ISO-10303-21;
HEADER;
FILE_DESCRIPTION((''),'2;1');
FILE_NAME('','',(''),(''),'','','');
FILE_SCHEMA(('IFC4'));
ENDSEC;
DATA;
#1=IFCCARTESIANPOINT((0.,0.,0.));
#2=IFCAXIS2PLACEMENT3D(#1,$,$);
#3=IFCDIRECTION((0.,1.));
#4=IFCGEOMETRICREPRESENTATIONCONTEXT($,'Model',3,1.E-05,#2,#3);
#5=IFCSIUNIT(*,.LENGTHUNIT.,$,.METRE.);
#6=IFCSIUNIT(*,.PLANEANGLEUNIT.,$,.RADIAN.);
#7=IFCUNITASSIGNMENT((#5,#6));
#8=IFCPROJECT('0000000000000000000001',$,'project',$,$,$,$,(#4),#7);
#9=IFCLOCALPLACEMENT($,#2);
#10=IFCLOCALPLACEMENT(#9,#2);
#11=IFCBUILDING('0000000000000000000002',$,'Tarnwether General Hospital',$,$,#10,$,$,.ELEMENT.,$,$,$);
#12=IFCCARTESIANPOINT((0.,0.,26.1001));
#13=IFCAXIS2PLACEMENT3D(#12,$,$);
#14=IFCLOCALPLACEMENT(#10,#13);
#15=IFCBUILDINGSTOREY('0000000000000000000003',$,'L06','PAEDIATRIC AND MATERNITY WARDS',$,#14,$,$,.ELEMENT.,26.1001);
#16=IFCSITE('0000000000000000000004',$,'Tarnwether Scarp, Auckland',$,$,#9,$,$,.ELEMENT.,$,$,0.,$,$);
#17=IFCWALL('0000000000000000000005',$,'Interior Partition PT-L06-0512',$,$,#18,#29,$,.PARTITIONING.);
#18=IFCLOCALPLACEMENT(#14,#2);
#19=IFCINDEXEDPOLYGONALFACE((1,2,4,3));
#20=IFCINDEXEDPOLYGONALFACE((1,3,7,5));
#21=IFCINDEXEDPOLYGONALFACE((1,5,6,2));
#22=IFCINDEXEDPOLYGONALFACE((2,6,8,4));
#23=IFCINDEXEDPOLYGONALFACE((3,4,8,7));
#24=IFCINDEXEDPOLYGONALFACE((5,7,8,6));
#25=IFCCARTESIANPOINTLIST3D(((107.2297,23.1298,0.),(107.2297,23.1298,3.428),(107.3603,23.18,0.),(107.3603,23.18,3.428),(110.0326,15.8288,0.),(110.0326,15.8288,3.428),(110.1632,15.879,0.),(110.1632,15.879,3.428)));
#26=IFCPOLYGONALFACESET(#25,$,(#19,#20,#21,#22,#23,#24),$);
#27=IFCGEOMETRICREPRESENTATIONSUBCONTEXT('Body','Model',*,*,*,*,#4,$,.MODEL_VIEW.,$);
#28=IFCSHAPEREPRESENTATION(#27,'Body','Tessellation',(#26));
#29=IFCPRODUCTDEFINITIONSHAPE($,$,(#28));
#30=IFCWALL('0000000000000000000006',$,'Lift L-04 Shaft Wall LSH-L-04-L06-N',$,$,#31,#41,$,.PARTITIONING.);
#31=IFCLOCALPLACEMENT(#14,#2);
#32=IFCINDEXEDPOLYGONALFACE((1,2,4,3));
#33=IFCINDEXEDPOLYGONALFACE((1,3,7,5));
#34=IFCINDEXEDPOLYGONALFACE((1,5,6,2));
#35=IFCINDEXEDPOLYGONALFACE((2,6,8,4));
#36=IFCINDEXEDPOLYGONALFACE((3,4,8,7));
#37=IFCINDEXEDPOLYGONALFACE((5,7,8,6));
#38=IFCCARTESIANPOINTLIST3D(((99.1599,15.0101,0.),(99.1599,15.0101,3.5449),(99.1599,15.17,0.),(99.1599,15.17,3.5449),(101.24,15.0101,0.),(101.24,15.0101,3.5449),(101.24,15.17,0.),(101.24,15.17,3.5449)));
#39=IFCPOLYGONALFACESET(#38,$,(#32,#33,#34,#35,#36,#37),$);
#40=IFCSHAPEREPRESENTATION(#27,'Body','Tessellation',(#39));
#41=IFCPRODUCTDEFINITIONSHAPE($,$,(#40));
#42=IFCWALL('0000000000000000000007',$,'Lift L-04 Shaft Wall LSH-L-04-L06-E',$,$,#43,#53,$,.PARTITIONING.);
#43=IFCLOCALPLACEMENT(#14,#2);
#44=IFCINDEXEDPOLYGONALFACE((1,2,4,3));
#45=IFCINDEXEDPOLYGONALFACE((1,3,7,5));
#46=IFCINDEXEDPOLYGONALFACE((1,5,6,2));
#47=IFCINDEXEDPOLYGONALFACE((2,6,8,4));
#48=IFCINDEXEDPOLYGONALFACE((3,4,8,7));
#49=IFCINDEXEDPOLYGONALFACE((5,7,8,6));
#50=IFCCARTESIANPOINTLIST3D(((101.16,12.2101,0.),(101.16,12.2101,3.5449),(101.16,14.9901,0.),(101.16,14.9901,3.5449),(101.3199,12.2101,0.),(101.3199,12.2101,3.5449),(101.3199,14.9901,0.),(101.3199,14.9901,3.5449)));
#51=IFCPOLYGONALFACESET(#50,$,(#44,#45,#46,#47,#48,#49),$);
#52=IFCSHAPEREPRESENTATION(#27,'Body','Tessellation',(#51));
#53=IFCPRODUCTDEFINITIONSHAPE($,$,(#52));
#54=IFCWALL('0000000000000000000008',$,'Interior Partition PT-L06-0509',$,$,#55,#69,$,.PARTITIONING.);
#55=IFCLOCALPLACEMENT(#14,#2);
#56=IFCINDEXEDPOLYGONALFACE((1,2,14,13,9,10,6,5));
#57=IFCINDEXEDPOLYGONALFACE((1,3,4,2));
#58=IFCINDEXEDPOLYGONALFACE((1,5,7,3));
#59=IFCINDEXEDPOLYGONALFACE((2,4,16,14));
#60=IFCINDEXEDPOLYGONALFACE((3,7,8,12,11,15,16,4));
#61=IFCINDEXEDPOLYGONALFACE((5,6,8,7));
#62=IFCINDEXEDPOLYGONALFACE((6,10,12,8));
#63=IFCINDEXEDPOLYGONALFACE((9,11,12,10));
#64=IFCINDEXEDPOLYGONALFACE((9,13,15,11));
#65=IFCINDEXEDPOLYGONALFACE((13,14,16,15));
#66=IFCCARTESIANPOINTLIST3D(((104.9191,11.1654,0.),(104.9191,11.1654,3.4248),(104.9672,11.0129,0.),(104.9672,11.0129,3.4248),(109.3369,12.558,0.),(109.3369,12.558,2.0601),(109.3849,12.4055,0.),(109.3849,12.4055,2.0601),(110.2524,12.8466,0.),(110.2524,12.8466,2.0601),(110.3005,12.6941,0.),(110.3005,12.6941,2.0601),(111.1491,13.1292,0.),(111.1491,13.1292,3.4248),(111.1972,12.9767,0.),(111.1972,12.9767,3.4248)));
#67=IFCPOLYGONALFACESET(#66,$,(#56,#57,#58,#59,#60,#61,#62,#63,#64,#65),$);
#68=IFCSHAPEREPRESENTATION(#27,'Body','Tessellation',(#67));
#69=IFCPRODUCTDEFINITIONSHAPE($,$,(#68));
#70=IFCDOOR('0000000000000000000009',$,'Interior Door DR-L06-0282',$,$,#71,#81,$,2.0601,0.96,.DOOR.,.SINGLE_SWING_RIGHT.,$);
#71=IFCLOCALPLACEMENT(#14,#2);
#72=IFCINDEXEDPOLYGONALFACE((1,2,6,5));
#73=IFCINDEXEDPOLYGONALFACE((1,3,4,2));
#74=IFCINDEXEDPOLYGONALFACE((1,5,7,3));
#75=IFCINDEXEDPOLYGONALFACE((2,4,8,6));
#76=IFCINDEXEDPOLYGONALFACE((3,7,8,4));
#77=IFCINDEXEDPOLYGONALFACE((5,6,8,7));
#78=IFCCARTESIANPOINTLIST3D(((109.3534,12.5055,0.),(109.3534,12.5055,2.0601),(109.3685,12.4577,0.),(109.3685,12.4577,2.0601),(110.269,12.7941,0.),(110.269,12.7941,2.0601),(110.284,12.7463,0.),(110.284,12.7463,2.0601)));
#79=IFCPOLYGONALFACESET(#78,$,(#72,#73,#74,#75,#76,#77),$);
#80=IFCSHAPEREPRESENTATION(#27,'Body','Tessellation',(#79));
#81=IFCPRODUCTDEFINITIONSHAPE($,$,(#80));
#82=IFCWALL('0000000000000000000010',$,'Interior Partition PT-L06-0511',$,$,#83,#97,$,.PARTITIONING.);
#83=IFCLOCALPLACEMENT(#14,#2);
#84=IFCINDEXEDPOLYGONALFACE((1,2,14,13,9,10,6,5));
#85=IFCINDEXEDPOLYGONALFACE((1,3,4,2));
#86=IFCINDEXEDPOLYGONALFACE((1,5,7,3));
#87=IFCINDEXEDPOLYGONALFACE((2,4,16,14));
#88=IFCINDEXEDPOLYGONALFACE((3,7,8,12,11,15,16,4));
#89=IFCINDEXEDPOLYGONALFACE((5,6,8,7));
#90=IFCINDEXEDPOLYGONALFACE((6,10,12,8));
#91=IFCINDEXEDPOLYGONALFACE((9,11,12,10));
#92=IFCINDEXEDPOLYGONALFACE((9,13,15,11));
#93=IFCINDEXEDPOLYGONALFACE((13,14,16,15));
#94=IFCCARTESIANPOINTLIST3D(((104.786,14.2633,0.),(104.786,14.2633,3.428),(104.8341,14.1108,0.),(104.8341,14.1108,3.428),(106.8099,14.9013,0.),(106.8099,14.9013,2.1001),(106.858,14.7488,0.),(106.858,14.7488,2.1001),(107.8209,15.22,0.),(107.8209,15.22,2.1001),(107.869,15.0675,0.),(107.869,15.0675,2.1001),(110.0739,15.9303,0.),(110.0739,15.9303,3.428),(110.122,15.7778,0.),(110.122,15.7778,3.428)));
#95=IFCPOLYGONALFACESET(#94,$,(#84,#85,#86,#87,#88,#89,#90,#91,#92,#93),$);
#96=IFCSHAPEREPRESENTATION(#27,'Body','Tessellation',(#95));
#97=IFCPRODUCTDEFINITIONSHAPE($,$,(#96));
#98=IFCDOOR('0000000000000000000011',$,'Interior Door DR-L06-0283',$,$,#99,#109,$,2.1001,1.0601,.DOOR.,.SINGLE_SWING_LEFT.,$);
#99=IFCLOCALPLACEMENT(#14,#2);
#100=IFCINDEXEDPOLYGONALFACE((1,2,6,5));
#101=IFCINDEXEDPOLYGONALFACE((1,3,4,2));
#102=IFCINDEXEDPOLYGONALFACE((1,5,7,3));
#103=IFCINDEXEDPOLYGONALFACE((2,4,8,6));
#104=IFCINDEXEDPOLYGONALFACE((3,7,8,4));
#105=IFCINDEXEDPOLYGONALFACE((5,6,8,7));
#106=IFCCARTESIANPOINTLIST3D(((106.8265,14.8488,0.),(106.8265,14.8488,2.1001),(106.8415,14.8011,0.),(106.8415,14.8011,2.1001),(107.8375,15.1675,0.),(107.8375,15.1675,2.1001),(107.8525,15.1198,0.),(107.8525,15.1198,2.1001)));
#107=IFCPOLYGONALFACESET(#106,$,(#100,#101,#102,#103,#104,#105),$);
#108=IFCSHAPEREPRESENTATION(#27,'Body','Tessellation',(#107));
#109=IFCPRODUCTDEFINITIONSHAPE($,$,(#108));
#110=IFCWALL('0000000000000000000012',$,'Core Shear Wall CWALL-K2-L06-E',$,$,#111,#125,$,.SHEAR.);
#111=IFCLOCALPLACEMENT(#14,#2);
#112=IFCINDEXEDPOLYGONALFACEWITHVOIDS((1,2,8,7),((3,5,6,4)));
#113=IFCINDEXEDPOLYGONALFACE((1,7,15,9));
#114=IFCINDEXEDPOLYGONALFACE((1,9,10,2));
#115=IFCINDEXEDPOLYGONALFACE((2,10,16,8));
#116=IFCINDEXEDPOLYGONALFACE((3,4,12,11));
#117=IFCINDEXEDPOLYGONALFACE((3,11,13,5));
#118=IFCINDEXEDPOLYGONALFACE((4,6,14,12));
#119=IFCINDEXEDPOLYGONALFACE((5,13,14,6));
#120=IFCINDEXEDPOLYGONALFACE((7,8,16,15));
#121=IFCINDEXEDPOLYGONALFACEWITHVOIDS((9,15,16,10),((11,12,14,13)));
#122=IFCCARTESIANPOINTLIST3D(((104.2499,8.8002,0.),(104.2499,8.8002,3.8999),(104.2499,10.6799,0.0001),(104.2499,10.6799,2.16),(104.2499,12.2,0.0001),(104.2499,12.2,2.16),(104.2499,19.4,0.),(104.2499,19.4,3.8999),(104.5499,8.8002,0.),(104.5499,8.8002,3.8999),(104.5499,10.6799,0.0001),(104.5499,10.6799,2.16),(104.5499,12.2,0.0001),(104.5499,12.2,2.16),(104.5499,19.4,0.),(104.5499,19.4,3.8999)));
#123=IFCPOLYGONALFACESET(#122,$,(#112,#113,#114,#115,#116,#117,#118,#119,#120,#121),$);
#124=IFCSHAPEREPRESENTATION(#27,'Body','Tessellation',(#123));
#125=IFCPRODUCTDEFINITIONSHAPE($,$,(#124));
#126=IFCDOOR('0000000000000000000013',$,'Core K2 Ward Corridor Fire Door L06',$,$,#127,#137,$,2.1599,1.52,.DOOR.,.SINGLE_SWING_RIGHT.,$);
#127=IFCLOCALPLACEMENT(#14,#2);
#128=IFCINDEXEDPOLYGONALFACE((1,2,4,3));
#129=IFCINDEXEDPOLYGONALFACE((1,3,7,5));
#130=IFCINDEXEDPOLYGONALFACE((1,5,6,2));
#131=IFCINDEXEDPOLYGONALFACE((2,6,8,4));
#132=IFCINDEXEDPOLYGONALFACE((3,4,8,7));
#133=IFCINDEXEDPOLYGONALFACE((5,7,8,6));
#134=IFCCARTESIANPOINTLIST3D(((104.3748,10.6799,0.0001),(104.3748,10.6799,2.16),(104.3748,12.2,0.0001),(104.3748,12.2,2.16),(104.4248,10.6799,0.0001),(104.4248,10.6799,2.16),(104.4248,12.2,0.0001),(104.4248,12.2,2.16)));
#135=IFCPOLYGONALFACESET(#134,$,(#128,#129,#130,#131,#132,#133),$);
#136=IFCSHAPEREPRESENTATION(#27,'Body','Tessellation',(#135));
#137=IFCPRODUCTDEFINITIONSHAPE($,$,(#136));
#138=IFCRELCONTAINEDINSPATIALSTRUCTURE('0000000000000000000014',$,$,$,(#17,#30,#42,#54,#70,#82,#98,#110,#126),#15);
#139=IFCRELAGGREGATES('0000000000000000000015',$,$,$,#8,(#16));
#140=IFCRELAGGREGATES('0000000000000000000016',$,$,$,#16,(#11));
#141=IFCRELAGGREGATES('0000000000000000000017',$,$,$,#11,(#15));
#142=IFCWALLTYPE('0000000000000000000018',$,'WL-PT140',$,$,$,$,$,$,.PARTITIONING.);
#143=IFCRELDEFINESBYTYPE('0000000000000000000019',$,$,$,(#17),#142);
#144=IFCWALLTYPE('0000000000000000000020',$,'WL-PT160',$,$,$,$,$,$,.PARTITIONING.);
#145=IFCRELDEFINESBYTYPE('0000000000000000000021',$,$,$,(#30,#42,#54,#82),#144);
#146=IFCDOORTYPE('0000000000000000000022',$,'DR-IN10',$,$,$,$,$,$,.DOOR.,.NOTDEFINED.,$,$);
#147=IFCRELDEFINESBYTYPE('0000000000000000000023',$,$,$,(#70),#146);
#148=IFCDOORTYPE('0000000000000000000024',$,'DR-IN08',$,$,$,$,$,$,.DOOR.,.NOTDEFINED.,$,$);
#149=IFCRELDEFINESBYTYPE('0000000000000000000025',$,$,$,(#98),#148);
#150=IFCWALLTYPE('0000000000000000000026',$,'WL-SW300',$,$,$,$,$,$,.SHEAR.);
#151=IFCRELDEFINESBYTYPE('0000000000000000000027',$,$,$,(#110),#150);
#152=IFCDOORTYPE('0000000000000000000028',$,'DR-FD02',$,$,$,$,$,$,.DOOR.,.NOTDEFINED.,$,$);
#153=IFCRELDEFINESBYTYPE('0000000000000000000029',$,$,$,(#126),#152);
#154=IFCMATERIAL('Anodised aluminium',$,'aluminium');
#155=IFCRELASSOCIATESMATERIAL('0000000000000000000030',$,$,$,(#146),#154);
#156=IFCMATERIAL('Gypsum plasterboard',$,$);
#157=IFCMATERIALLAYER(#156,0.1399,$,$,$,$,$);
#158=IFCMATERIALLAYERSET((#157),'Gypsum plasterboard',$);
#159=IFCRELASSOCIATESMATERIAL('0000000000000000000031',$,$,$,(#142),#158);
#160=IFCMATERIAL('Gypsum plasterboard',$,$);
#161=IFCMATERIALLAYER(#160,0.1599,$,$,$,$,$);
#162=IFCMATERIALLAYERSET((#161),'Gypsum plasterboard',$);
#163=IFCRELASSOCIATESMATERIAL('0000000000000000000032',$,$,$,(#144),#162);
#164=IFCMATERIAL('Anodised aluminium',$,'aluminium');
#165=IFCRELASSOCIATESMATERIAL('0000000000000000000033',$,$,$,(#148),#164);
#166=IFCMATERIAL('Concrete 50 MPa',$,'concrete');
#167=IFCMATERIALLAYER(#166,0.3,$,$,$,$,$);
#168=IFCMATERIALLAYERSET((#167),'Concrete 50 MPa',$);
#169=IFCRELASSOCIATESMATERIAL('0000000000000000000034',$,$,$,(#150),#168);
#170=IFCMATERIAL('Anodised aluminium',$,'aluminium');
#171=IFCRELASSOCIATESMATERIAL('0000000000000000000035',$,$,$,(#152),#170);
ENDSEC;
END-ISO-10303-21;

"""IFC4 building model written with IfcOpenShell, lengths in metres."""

from ifc_helpers import new_model, si_unit, direction, frame, frame_2d, origin, place, context, subcontext, project, spatial, rectangle, extrude, material, layer, layer_set, type_object, element, fill, save


model = new_model("IFC4")

# Units and contexts
model_context = context("Model", 3, precision=1e-05, world=origin(), true_north=direction((0.0, 1.0)))
body_context = subcontext(model_context, "Body", "Model", "MODEL_VIEW")
ifc_project = project(units=[si_unit("LENGTHUNIT", "METRE"), si_unit("PLANEANGLEUNIT", "RADIAN")], contexts=[model_context])

# Site, building, storey
site_placement = place(None, origin())
site = spatial("IfcSite", under=ifc_project, at=site_placement, Name="Tarnwether Scarp, Auckland", CompositionType="ELEMENT", RefElevation=0.0)
building_placement = place(site_placement, origin())
building = spatial("IfcBuilding", under=site, at=building_placement, Name="Tarnwether General Hospital", CompositionType="ELEMENT")
storey_placement = place(building_placement, frame((0.0, 0.0, 26.1001)))
storey = spatial("IfcBuildingStorey", under=building, at=storey_placement, Name="L06", Description="PAEDIATRIC AND MATERNITY WARDS", CompositionType="ELEMENT", Elevation=26.1001)

# Shared definitions
ifc_material_1 = material(Name="Anodised aluminium", Category="aluminium")
door_type_1 = type_object("IfcDoorType", Name="DR-IN10", OperationType="NOTDEFINED", PredefinedType="DOOR", material=ifc_material_1)

# Walls
ifc_material_2 = material(Name="Gypsum plasterboard")
ifc_layer_1 = layer(ifc_material_2, 0.1399)
ifc_layer_set_1 = layer_set([ifc_layer_1], Name="Gypsum plasterboard")
wall_type_1 = type_object("IfcWallType", Name="WL-PT140", PredefinedType="PARTITIONING", material=ifc_layer_set_1)
wall_1_placement = place(storey_placement, frame((110.0979, 15.854, 0.0), z_axis=(0.0, 0.0, 1.0), x_axis=(-0.35841, 0.933564, 0.0)))
element("IfcWall", 1, at=wall_1_placement, inside=storey, type_object=wall_type_1, Name="Interior Partition PT-L06-0512", PredefinedType="PARTITIONING", context=body_context, shape_type="SweptSolid", body=[
    extrude(rectangle(XDim=7.8206, YDim=0.1399, at=frame_2d((3.9102, 0.0))), origin(), (0.0, 0.0, 1.0), 3.428),
])
ifc_material_3 = material(Name="Gypsum plasterboard")
ifc_layer_2 = layer(ifc_material_3, 0.1599)
ifc_layer_set_2 = layer_set([ifc_layer_2], Name="Gypsum plasterboard")
wall_type_2 = type_object("IfcWallType", Name="WL-PT160", PredefinedType="PARTITIONING", material=ifc_layer_set_2)
wall_2_placement = place(storey_placement, frame((101.24, 15.0901, 0.0), z_axis=(0.0, 0.0, 1.0), x_axis=(-1.0, 0.0, 0.0)))
element("IfcWall", 2, at=wall_2_placement, inside=storey, type_object=wall_type_2, Name="Lift L-04 Shaft Wall LSH-L-04-L06-N", PredefinedType="PARTITIONING", context=body_context, shape_type="SweptSolid", body=[
    extrude(rectangle(XDim=2.0801, YDim=0.1599, at=frame_2d((1.04, 0.0))), origin(), (0.0, 0.0, 1.0), 3.5449),
])
wall_3_placement = place(storey_placement, frame((101.24, 12.21, 0.0), z_axis=(0.0, 0.0, 1.0), x_axis=(0.0, 1.0, 0.0)))
element("IfcWall", 3, at=wall_3_placement, inside=storey, type_object=wall_type_2, Name="Lift L-04 Shaft Wall LSH-L-04-L06-E", PredefinedType="PARTITIONING", context=body_context, shape_type="SweptSolid", body=[
    extrude(rectangle(XDim=2.78, YDim=0.1599, at=frame_2d((1.3901, 0.0))), origin(), (0.0, 0.0, 1.0), 3.5449),
])

# Walls, openings, doors
wall_4_placement = place(storey_placement, frame((104.9431, 11.0891, 0.0), z_axis=(0.0, 0.0, 1.0), x_axis=(0.953736, 0.300645, 0.0)))
wall_4 = element("IfcWall", 4, at=wall_4_placement, inside=storey, type_object=wall_type_2, Name="Interior Partition PT-L06-0509", PredefinedType="PARTITIONING", context=body_context, shape_type="SweptSolid", body=[
    extrude(rectangle(XDim=6.5322, YDim=0.1599, at=frame_2d((3.2661, 0.0))), origin(), (0.0, 0.0, 1.0), 3.4248),
])
opening_1_placement = place(wall_4_placement, frame((4.6321, 0.0, 0.0)))
opening_1 = element("IfcOpeningElement", 5, at=opening_1_placement, cuts=wall_4, PredefinedType="OPENING", context=body_context, shape_type="SweptSolid", body=[
    extrude(rectangle(XDim=0.96, YDim=2.0601, at=frame_2d((0.48, 1.03))), frame((0.0, 0.0898, 0.0), z_axis=(0.0, -1.0, 0.0), x_axis=(1.0, 0.0, 0.0)), (0.0, 0.0, 1.0), 0.1799),
])
door_1_placement = place(opening_1_placement, origin())
door_1 = element("IfcDoor", 6, at=door_1_placement, inside=storey, type_object=door_type_1, Name="Interior Door DR-L06-0282", OperationType="SINGLE_SWING_RIGHT", OverallHeight=2.0601, OverallWidth=0.96, PredefinedType="DOOR", context=body_context, shape_type="SweptSolid", body=[
    extrude(rectangle(XDim=0.96, YDim=2.0601, at=frame_2d((0.48, 1.03))), frame((0.0, 0.0249, 0.0), z_axis=(0.0, -1.0, 0.0), x_axis=(1.0, 0.0, 0.0)), (0.0, 0.0, 1.0), 0.05),
])
fill(opening_1, door_1)
wall_5_placement = place(storey_placement, frame((104.8101, 14.187, 0.0), z_axis=(0.0, 0.0, 1.0), x_axis=(0.95373, 0.300663, 0.0)))
wall_5 = element("IfcWall", 7, at=wall_5_placement, inside=storey, type_object=wall_type_2, Name="Interior Partition PT-L06-0511", PredefinedType="PARTITIONING", context=body_context, shape_type="SweptSolid", body=[
    extrude(rectangle(XDim=5.5444, YDim=0.1599, at=frame_2d((2.7722, 0.0))), origin(), (0.0, 0.0, 1.0), 3.428),
])
opening_2_placement = place(wall_5_placement, frame((2.1221, 0.0, 0.0)))
opening_2 = element("IfcOpeningElement", 8, at=opening_2_placement, cuts=wall_5, PredefinedType="OPENING", context=body_context, shape_type="SweptSolid", body=[
    extrude(rectangle(XDim=1.0601, YDim=2.1001, at=frame_2d((0.53, 1.05))), frame((0.0, 0.0898, 0.0), z_axis=(0.0, -1.0, 0.0), x_axis=(1.0, 0.0, 0.0)), (0.0, 0.0, 1.0), 0.1799),
])
ifc_material_4 = material(Name="Anodised aluminium", Category="aluminium")
door_type_2 = type_object("IfcDoorType", Name="DR-IN08", OperationType="NOTDEFINED", PredefinedType="DOOR", material=ifc_material_4)
door_2_placement = place(opening_2_placement, origin())
door_2 = element("IfcDoor", 9, at=door_2_placement, inside=storey, type_object=door_type_2, Name="Interior Door DR-L06-0283", OperationType="SINGLE_SWING_LEFT", OverallHeight=2.1001, OverallWidth=1.0601, PredefinedType="DOOR", context=body_context, shape_type="SweptSolid", body=[
    extrude(rectangle(XDim=1.0601, YDim=2.1001, at=frame_2d((0.53, 1.05))), frame((0.0, 0.0249, 0.0), z_axis=(0.0, -1.0, 0.0), x_axis=(1.0, 0.0, 0.0)), (0.0, 0.0, 1.0), 0.05),
])
fill(opening_2, door_2)
ifc_material_5 = material(Name="Concrete 50 MPa", Category="concrete")
ifc_layer_3 = layer(ifc_material_5, 0.3)
ifc_layer_set_3 = layer_set([ifc_layer_3], Name="Concrete 50 MPa")
wall_type_3 = type_object("IfcWallType", Name="WL-SW300", PredefinedType="SHEAR", material=ifc_layer_set_3)
wall_6_placement = place(storey_placement, frame((104.3999, 19.3999, 0.0), z_axis=(0.0, 0.0, 1.0), x_axis=(0.0, -1.0, 0.0)))
wall_6 = element("IfcWall", 10, at=wall_6_placement, inside=storey, type_object=wall_type_3, Name="Core Shear Wall CWALL-K2-L06-E", PredefinedType="SHEAR", context=body_context, shape_type="SweptSolid", body=[
    extrude(rectangle(XDim=10.5999, YDim=0.3, at=frame_2d((5.2998, 0.0))), origin(), (0.0, 0.0, 1.0), 3.8999),
])
opening_3_placement = place(wall_6_placement, frame((7.2, 0.0, 0.0)))
opening_3 = element("IfcOpeningElement", 11, at=opening_3_placement, cuts=wall_6, PredefinedType="OPENING", context=body_context, shape_type="SweptSolid", body=[
    extrude(rectangle(XDim=1.52, YDim=2.1599, at=frame_2d((0.76, 1.0801))), frame((0.0, 0.1602, 0.0), z_axis=(0.0, -1.0, 0.0), x_axis=(1.0, 0.0, 0.0)), (0.0, 0.0, 1.0), 0.3201),
])
ifc_material_6 = material(Name="Anodised aluminium", Category="aluminium")
door_type_3 = type_object("IfcDoorType", Name="DR-FD02", OperationType="NOTDEFINED", PredefinedType="DOOR", material=ifc_material_6)
door_3_placement = place(opening_3_placement, origin())
door_3 = element("IfcDoor", 12, at=door_3_placement, inside=storey, type_object=door_type_3, Name="Core K2 Ward Corridor Fire Door L06", OperationType="SINGLE_SWING_RIGHT", OverallHeight=2.1599, OverallWidth=1.52, PredefinedType="DOOR", context=body_context, shape_type="SweptSolid", body=[
    extrude(rectangle(XDim=1.52, YDim=2.1599, at=frame_2d((0.76, 1.0801))), frame((0.0, 0.0249, 0.0), z_axis=(0.0, -1.0, 0.0), x_axis=(1.0, 0.0, 0.0)), (0.0, 0.0, 1.0), 0.05),
])
fill(opening_3, door_3)

save(model, "model.ifc")
